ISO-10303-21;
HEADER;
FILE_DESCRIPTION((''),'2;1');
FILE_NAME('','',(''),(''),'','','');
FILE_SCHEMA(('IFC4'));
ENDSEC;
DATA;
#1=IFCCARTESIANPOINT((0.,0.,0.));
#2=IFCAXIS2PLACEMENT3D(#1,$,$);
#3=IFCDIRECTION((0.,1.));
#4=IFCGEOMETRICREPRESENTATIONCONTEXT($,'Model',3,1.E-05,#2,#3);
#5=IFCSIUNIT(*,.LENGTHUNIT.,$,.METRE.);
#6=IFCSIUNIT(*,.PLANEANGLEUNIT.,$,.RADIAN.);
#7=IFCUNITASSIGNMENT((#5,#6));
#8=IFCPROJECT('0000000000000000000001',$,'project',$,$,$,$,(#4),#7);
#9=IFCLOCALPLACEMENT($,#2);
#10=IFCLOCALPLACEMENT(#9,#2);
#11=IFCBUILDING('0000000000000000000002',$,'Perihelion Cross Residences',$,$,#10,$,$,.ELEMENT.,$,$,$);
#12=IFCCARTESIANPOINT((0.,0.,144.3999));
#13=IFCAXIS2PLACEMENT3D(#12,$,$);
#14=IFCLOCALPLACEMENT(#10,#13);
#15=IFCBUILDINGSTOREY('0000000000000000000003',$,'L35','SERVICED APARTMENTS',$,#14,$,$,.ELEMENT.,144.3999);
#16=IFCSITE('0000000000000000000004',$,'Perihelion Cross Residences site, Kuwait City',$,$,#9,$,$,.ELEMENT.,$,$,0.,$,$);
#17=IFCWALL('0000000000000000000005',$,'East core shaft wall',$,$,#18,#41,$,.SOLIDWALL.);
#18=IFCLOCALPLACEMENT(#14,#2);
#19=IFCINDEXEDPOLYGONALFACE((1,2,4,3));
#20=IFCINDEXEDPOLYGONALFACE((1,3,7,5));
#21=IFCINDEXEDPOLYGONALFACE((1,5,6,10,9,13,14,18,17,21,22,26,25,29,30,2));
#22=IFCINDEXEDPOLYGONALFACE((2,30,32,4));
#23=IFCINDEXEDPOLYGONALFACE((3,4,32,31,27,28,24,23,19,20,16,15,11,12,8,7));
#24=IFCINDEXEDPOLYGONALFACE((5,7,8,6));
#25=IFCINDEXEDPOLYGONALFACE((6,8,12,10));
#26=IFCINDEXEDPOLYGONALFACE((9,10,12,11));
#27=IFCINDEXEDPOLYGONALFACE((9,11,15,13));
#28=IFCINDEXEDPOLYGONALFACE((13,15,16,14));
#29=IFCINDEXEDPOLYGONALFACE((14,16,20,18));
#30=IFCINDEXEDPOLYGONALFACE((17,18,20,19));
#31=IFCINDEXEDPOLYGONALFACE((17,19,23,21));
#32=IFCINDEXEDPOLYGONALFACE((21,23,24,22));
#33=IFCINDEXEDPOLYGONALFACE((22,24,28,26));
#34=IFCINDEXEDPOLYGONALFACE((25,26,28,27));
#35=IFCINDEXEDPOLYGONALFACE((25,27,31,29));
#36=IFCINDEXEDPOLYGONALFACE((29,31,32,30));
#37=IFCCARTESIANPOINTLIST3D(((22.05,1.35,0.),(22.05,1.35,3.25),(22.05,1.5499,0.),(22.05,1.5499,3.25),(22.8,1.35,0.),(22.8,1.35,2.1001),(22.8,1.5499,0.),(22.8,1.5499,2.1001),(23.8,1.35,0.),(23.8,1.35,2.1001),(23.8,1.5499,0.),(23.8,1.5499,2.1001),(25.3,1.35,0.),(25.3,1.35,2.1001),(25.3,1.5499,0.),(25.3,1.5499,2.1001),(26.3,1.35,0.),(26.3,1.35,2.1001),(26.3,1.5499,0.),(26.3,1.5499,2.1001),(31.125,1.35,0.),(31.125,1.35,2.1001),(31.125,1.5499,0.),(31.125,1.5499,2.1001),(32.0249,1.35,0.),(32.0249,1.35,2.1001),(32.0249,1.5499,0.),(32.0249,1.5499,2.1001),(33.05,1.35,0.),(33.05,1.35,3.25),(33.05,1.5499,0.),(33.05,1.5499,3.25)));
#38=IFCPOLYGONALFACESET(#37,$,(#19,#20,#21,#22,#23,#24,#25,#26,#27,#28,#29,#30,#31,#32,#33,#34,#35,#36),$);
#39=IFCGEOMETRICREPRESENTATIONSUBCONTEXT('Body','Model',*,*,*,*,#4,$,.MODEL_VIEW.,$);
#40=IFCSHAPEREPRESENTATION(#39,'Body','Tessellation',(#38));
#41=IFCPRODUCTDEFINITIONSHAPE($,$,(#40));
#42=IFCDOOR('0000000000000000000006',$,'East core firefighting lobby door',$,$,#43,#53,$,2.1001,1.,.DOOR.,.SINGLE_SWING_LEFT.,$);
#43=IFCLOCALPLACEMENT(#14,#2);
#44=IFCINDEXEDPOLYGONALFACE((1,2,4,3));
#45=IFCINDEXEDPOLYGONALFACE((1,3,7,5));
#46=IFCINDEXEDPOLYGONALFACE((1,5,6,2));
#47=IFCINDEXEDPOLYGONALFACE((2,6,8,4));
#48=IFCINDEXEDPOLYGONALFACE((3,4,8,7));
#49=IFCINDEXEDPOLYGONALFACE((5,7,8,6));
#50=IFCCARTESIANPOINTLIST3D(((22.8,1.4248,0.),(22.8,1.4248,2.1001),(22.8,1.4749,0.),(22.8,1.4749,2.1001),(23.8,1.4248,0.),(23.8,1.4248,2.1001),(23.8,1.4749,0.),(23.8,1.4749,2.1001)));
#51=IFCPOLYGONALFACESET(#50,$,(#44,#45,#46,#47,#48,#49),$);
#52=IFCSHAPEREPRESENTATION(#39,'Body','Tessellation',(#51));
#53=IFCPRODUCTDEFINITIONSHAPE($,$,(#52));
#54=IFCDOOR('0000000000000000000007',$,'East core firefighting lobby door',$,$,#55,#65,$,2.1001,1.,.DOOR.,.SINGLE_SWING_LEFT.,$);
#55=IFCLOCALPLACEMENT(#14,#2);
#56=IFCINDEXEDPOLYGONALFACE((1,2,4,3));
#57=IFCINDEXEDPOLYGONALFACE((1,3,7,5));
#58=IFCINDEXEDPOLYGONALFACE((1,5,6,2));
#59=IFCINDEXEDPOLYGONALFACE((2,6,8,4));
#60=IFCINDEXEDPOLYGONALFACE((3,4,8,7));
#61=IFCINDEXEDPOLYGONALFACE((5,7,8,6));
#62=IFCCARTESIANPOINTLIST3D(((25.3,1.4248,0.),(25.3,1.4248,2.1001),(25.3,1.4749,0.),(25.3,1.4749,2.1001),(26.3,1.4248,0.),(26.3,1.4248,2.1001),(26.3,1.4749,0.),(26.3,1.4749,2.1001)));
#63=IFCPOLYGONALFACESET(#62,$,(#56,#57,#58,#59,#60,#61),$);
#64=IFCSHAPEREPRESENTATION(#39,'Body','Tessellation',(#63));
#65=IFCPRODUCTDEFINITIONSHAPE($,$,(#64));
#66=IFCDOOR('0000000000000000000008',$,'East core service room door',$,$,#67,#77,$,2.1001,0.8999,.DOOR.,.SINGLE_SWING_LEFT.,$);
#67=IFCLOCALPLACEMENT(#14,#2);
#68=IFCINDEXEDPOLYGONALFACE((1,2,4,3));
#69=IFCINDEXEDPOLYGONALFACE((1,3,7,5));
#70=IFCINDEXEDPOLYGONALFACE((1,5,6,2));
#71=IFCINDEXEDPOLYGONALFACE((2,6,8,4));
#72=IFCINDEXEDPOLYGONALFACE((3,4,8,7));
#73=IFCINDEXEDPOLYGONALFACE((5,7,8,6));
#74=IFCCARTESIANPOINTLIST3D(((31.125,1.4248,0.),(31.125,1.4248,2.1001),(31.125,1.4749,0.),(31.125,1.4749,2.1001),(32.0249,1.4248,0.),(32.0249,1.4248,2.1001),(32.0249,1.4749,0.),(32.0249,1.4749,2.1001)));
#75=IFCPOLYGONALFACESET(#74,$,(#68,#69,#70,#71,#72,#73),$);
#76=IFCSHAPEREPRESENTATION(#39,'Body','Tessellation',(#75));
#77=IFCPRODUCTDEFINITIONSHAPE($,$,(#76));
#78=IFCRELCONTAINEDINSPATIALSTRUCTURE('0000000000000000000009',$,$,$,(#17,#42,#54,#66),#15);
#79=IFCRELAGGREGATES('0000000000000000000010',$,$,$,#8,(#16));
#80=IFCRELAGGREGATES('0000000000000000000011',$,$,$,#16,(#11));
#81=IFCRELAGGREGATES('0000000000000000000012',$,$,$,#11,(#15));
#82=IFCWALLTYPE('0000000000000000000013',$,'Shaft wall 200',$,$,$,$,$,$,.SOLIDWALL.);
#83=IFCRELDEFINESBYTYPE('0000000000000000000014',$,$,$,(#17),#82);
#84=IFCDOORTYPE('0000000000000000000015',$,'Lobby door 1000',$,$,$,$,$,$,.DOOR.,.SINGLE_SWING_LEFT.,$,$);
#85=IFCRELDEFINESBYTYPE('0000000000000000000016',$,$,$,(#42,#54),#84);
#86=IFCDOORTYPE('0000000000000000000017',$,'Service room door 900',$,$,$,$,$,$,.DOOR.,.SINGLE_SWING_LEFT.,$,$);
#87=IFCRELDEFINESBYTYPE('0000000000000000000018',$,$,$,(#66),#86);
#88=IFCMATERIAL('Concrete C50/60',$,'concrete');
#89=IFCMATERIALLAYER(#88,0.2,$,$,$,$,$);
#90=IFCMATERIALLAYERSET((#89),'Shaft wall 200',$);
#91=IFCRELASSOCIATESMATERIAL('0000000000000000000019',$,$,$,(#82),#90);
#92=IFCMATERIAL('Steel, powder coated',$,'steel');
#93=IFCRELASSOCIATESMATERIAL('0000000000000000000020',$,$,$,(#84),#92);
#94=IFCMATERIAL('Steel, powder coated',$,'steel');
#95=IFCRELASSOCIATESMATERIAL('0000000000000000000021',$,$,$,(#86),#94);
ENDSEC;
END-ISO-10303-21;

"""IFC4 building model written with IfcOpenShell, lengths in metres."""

from ifc_helpers import new_model, si_unit, direction, frame, frame_2d, origin, place, context, subcontext, project, spatial, rectangle, extrude, material, layer, layer_set, type_object, element, fill, save


model = new_model("IFC4")

# Units and contexts
model_context = context("Model", 3, precision=1e-05, world=origin(), true_north=direction((0.0, 1.0)))
body_context = subcontext(model_context, "Body", "Model", "MODEL_VIEW")
ifc_project = project(units=[si_unit("LENGTHUNIT", "METRE"), si_unit("PLANEANGLEUNIT", "RADIAN")], contexts=[model_context])

# Site, building, storey
site_placement = place(None, origin())
site = spatial("IfcSite", under=ifc_project, at=site_placement, Name="Perihelion Cross Residences site, Kuwait City", CompositionType="ELEMENT", RefElevation=0.0)
building_placement = place(site_placement, origin())
building = spatial("IfcBuilding", under=site, at=building_placement, Name="Perihelion Cross Residences", CompositionType="ELEMENT")
storey_placement = place(building_placement, frame((0.0, 0.0, 144.3999)))
storey = spatial("IfcBuildingStorey", under=building, at=storey_placement, Name="L35", Description="SERVICED APARTMENTS", CompositionType="ELEMENT", Elevation=144.3999)

# Wall, openings, doors
ifc_material_1 = material(Name="Concrete C50/60", Category="concrete")
ifc_layer_1 = layer(ifc_material_1, 0.2)
ifc_layer_set_1 = layer_set([ifc_layer_1], Name="Shaft wall 200")
wall_type_1 = type_object("IfcWallType", Name="Shaft wall 200", PredefinedType="SOLIDWALL", material=ifc_layer_set_1)
wall_1_placement = place(storey_placement, frame((22.05, 1.45, 0.0), z_axis=(0.0, 0.0, 1.0), x_axis=(1.0, 0.0, 0.0)))
wall_1 = element("IfcWall", 1, at=wall_1_placement, inside=storey, type_object=wall_type_1, Name="East core shaft wall", PredefinedType="SOLIDWALL", context=body_context, shape_type="SweptSolid", body=[
    extrude(rectangle(XDim=11.0, YDim=0.2, at=frame_2d((5.5, 0.0))), origin(), (0.0, 0.0, 1.0), 3.25),
])
opening_1_placement = place(wall_1_placement, frame((0.75, 0.0, 0.0)))
opening_1 = element("IfcOpeningElement", 2, at=opening_1_placement, cuts=wall_1, PredefinedType="OPENING", context=body_context, shape_type="SweptSolid", body=[
    extrude(rectangle(XDim=1.0, YDim=2.1001, at=frame_2d((0.5, 1.05))), frame((0.0, 0.1099, 0.0), z_axis=(0.0, -1.0, 0.0), x_axis=(1.0, 0.0, 0.0)), (0.0, 0.0, 1.0), 0.22),
])
opening_2_placement = place(wall_1_placement, frame((3.25, 0.0, 0.0)))
opening_2 = element("IfcOpeningElement", 3, at=opening_2_placement, cuts=wall_1, PredefinedType="OPENING", context=body_context, shape_type="SweptSolid", body=[
    extrude(rectangle(XDim=1.0, YDim=2.1001, at=frame_2d((0.5, 1.05))), frame((0.0, 0.1099, 0.0), z_axis=(0.0, -1.0, 0.0), x_axis=(1.0, 0.0, 0.0)), (0.0, 0.0, 1.0), 0.22),
])
opening_3_placement = place(wall_1_placement, frame((9.075, 0.0, 0.0)))
opening_3 = element("IfcOpeningElement", 4, at=opening_3_placement, cuts=wall_1, PredefinedType="OPENING", context=body_context, shape_type="SweptSolid", body=[
    extrude(rectangle(XDim=0.8999, YDim=2.1001, at=frame_2d((0.45, 1.05))), frame((0.0, 0.1099, 0.0), z_axis=(0.0, -1.0, 0.0), x_axis=(1.0, 0.0, 0.0)), (0.0, 0.0, 1.0), 0.22),
])
ifc_material_2 = material(Name="Steel, powder coated", Category="steel")
door_type_1 = type_object("IfcDoorType", Name="Lobby door 1000", OperationType="SINGLE_SWING_LEFT", PredefinedType="DOOR", material=ifc_material_2)
door_1_placement = place(opening_1_placement, origin())
door_1 = element("IfcDoor", 5, at=door_1_placement, inside=storey, type_object=door_type_1, Name="East core firefighting lobby door", OperationType="SINGLE_SWING_LEFT", OverallHeight=2.1001, OverallWidth=1.0, PredefinedType="DOOR", context=body_context, shape_type="SweptSolid", body=[
    extrude(rectangle(XDim=1.0, YDim=2.1001, at=frame_2d((0.5, 1.05))), frame((0.0, 0.0249, 0.0), z_axis=(0.0, -1.0, 0.0), x_axis=(1.0, 0.0, 0.0)), (0.0, 0.0, 1.0), 0.05),
])
fill(opening_1, door_1)
door_2_placement = place(opening_2_placement, origin())
door_2 = element("IfcDoor", 6, at=door_2_placement, inside=storey, type_object=door_type_1, Name="East core firefighting lobby door", OperationType="SINGLE_SWING_LEFT", OverallHeight=2.1001, OverallWidth=1.0, PredefinedType="DOOR", context=body_context, shape_type="SweptSolid", body=[
    extrude(rectangle(XDim=1.0, YDim=2.1001, at=frame_2d((0.5, 1.05))), frame((0.0, 0.0249, 0.0), z_axis=(0.0, -1.0, 0.0), x_axis=(1.0, 0.0, 0.0)), (0.0, 0.0, 1.0), 0.05),
])
fill(opening_2, door_2)
ifc_material_3 = material(Name="Steel, powder coated", Category="steel")
door_type_2 = type_object("IfcDoorType", Name="Service room door 900", OperationType="SINGLE_SWING_LEFT", PredefinedType="DOOR", material=ifc_material_3)
door_3_placement = place(opening_3_placement, origin())
door_3 = element("IfcDoor", 7, at=door_3_placement, inside=storey, type_object=door_type_2, Name="East core service room door", OperationType="SINGLE_SWING_LEFT", OverallHeight=2.1001, OverallWidth=0.8999, PredefinedType="DOOR", context=body_context, shape_type="SweptSolid", body=[
    extrude(rectangle(XDim=0.8999, YDim=2.1001, at=frame_2d((0.45, 1.05))), frame((0.0, 0.0249, 0.0), z_axis=(0.0, -1.0, 0.0), x_axis=(1.0, 0.0, 0.0)), (0.0, 0.0, 1.0), 0.05),
])
fill(opening_3, door_3)

save(model, "model.ifc")
